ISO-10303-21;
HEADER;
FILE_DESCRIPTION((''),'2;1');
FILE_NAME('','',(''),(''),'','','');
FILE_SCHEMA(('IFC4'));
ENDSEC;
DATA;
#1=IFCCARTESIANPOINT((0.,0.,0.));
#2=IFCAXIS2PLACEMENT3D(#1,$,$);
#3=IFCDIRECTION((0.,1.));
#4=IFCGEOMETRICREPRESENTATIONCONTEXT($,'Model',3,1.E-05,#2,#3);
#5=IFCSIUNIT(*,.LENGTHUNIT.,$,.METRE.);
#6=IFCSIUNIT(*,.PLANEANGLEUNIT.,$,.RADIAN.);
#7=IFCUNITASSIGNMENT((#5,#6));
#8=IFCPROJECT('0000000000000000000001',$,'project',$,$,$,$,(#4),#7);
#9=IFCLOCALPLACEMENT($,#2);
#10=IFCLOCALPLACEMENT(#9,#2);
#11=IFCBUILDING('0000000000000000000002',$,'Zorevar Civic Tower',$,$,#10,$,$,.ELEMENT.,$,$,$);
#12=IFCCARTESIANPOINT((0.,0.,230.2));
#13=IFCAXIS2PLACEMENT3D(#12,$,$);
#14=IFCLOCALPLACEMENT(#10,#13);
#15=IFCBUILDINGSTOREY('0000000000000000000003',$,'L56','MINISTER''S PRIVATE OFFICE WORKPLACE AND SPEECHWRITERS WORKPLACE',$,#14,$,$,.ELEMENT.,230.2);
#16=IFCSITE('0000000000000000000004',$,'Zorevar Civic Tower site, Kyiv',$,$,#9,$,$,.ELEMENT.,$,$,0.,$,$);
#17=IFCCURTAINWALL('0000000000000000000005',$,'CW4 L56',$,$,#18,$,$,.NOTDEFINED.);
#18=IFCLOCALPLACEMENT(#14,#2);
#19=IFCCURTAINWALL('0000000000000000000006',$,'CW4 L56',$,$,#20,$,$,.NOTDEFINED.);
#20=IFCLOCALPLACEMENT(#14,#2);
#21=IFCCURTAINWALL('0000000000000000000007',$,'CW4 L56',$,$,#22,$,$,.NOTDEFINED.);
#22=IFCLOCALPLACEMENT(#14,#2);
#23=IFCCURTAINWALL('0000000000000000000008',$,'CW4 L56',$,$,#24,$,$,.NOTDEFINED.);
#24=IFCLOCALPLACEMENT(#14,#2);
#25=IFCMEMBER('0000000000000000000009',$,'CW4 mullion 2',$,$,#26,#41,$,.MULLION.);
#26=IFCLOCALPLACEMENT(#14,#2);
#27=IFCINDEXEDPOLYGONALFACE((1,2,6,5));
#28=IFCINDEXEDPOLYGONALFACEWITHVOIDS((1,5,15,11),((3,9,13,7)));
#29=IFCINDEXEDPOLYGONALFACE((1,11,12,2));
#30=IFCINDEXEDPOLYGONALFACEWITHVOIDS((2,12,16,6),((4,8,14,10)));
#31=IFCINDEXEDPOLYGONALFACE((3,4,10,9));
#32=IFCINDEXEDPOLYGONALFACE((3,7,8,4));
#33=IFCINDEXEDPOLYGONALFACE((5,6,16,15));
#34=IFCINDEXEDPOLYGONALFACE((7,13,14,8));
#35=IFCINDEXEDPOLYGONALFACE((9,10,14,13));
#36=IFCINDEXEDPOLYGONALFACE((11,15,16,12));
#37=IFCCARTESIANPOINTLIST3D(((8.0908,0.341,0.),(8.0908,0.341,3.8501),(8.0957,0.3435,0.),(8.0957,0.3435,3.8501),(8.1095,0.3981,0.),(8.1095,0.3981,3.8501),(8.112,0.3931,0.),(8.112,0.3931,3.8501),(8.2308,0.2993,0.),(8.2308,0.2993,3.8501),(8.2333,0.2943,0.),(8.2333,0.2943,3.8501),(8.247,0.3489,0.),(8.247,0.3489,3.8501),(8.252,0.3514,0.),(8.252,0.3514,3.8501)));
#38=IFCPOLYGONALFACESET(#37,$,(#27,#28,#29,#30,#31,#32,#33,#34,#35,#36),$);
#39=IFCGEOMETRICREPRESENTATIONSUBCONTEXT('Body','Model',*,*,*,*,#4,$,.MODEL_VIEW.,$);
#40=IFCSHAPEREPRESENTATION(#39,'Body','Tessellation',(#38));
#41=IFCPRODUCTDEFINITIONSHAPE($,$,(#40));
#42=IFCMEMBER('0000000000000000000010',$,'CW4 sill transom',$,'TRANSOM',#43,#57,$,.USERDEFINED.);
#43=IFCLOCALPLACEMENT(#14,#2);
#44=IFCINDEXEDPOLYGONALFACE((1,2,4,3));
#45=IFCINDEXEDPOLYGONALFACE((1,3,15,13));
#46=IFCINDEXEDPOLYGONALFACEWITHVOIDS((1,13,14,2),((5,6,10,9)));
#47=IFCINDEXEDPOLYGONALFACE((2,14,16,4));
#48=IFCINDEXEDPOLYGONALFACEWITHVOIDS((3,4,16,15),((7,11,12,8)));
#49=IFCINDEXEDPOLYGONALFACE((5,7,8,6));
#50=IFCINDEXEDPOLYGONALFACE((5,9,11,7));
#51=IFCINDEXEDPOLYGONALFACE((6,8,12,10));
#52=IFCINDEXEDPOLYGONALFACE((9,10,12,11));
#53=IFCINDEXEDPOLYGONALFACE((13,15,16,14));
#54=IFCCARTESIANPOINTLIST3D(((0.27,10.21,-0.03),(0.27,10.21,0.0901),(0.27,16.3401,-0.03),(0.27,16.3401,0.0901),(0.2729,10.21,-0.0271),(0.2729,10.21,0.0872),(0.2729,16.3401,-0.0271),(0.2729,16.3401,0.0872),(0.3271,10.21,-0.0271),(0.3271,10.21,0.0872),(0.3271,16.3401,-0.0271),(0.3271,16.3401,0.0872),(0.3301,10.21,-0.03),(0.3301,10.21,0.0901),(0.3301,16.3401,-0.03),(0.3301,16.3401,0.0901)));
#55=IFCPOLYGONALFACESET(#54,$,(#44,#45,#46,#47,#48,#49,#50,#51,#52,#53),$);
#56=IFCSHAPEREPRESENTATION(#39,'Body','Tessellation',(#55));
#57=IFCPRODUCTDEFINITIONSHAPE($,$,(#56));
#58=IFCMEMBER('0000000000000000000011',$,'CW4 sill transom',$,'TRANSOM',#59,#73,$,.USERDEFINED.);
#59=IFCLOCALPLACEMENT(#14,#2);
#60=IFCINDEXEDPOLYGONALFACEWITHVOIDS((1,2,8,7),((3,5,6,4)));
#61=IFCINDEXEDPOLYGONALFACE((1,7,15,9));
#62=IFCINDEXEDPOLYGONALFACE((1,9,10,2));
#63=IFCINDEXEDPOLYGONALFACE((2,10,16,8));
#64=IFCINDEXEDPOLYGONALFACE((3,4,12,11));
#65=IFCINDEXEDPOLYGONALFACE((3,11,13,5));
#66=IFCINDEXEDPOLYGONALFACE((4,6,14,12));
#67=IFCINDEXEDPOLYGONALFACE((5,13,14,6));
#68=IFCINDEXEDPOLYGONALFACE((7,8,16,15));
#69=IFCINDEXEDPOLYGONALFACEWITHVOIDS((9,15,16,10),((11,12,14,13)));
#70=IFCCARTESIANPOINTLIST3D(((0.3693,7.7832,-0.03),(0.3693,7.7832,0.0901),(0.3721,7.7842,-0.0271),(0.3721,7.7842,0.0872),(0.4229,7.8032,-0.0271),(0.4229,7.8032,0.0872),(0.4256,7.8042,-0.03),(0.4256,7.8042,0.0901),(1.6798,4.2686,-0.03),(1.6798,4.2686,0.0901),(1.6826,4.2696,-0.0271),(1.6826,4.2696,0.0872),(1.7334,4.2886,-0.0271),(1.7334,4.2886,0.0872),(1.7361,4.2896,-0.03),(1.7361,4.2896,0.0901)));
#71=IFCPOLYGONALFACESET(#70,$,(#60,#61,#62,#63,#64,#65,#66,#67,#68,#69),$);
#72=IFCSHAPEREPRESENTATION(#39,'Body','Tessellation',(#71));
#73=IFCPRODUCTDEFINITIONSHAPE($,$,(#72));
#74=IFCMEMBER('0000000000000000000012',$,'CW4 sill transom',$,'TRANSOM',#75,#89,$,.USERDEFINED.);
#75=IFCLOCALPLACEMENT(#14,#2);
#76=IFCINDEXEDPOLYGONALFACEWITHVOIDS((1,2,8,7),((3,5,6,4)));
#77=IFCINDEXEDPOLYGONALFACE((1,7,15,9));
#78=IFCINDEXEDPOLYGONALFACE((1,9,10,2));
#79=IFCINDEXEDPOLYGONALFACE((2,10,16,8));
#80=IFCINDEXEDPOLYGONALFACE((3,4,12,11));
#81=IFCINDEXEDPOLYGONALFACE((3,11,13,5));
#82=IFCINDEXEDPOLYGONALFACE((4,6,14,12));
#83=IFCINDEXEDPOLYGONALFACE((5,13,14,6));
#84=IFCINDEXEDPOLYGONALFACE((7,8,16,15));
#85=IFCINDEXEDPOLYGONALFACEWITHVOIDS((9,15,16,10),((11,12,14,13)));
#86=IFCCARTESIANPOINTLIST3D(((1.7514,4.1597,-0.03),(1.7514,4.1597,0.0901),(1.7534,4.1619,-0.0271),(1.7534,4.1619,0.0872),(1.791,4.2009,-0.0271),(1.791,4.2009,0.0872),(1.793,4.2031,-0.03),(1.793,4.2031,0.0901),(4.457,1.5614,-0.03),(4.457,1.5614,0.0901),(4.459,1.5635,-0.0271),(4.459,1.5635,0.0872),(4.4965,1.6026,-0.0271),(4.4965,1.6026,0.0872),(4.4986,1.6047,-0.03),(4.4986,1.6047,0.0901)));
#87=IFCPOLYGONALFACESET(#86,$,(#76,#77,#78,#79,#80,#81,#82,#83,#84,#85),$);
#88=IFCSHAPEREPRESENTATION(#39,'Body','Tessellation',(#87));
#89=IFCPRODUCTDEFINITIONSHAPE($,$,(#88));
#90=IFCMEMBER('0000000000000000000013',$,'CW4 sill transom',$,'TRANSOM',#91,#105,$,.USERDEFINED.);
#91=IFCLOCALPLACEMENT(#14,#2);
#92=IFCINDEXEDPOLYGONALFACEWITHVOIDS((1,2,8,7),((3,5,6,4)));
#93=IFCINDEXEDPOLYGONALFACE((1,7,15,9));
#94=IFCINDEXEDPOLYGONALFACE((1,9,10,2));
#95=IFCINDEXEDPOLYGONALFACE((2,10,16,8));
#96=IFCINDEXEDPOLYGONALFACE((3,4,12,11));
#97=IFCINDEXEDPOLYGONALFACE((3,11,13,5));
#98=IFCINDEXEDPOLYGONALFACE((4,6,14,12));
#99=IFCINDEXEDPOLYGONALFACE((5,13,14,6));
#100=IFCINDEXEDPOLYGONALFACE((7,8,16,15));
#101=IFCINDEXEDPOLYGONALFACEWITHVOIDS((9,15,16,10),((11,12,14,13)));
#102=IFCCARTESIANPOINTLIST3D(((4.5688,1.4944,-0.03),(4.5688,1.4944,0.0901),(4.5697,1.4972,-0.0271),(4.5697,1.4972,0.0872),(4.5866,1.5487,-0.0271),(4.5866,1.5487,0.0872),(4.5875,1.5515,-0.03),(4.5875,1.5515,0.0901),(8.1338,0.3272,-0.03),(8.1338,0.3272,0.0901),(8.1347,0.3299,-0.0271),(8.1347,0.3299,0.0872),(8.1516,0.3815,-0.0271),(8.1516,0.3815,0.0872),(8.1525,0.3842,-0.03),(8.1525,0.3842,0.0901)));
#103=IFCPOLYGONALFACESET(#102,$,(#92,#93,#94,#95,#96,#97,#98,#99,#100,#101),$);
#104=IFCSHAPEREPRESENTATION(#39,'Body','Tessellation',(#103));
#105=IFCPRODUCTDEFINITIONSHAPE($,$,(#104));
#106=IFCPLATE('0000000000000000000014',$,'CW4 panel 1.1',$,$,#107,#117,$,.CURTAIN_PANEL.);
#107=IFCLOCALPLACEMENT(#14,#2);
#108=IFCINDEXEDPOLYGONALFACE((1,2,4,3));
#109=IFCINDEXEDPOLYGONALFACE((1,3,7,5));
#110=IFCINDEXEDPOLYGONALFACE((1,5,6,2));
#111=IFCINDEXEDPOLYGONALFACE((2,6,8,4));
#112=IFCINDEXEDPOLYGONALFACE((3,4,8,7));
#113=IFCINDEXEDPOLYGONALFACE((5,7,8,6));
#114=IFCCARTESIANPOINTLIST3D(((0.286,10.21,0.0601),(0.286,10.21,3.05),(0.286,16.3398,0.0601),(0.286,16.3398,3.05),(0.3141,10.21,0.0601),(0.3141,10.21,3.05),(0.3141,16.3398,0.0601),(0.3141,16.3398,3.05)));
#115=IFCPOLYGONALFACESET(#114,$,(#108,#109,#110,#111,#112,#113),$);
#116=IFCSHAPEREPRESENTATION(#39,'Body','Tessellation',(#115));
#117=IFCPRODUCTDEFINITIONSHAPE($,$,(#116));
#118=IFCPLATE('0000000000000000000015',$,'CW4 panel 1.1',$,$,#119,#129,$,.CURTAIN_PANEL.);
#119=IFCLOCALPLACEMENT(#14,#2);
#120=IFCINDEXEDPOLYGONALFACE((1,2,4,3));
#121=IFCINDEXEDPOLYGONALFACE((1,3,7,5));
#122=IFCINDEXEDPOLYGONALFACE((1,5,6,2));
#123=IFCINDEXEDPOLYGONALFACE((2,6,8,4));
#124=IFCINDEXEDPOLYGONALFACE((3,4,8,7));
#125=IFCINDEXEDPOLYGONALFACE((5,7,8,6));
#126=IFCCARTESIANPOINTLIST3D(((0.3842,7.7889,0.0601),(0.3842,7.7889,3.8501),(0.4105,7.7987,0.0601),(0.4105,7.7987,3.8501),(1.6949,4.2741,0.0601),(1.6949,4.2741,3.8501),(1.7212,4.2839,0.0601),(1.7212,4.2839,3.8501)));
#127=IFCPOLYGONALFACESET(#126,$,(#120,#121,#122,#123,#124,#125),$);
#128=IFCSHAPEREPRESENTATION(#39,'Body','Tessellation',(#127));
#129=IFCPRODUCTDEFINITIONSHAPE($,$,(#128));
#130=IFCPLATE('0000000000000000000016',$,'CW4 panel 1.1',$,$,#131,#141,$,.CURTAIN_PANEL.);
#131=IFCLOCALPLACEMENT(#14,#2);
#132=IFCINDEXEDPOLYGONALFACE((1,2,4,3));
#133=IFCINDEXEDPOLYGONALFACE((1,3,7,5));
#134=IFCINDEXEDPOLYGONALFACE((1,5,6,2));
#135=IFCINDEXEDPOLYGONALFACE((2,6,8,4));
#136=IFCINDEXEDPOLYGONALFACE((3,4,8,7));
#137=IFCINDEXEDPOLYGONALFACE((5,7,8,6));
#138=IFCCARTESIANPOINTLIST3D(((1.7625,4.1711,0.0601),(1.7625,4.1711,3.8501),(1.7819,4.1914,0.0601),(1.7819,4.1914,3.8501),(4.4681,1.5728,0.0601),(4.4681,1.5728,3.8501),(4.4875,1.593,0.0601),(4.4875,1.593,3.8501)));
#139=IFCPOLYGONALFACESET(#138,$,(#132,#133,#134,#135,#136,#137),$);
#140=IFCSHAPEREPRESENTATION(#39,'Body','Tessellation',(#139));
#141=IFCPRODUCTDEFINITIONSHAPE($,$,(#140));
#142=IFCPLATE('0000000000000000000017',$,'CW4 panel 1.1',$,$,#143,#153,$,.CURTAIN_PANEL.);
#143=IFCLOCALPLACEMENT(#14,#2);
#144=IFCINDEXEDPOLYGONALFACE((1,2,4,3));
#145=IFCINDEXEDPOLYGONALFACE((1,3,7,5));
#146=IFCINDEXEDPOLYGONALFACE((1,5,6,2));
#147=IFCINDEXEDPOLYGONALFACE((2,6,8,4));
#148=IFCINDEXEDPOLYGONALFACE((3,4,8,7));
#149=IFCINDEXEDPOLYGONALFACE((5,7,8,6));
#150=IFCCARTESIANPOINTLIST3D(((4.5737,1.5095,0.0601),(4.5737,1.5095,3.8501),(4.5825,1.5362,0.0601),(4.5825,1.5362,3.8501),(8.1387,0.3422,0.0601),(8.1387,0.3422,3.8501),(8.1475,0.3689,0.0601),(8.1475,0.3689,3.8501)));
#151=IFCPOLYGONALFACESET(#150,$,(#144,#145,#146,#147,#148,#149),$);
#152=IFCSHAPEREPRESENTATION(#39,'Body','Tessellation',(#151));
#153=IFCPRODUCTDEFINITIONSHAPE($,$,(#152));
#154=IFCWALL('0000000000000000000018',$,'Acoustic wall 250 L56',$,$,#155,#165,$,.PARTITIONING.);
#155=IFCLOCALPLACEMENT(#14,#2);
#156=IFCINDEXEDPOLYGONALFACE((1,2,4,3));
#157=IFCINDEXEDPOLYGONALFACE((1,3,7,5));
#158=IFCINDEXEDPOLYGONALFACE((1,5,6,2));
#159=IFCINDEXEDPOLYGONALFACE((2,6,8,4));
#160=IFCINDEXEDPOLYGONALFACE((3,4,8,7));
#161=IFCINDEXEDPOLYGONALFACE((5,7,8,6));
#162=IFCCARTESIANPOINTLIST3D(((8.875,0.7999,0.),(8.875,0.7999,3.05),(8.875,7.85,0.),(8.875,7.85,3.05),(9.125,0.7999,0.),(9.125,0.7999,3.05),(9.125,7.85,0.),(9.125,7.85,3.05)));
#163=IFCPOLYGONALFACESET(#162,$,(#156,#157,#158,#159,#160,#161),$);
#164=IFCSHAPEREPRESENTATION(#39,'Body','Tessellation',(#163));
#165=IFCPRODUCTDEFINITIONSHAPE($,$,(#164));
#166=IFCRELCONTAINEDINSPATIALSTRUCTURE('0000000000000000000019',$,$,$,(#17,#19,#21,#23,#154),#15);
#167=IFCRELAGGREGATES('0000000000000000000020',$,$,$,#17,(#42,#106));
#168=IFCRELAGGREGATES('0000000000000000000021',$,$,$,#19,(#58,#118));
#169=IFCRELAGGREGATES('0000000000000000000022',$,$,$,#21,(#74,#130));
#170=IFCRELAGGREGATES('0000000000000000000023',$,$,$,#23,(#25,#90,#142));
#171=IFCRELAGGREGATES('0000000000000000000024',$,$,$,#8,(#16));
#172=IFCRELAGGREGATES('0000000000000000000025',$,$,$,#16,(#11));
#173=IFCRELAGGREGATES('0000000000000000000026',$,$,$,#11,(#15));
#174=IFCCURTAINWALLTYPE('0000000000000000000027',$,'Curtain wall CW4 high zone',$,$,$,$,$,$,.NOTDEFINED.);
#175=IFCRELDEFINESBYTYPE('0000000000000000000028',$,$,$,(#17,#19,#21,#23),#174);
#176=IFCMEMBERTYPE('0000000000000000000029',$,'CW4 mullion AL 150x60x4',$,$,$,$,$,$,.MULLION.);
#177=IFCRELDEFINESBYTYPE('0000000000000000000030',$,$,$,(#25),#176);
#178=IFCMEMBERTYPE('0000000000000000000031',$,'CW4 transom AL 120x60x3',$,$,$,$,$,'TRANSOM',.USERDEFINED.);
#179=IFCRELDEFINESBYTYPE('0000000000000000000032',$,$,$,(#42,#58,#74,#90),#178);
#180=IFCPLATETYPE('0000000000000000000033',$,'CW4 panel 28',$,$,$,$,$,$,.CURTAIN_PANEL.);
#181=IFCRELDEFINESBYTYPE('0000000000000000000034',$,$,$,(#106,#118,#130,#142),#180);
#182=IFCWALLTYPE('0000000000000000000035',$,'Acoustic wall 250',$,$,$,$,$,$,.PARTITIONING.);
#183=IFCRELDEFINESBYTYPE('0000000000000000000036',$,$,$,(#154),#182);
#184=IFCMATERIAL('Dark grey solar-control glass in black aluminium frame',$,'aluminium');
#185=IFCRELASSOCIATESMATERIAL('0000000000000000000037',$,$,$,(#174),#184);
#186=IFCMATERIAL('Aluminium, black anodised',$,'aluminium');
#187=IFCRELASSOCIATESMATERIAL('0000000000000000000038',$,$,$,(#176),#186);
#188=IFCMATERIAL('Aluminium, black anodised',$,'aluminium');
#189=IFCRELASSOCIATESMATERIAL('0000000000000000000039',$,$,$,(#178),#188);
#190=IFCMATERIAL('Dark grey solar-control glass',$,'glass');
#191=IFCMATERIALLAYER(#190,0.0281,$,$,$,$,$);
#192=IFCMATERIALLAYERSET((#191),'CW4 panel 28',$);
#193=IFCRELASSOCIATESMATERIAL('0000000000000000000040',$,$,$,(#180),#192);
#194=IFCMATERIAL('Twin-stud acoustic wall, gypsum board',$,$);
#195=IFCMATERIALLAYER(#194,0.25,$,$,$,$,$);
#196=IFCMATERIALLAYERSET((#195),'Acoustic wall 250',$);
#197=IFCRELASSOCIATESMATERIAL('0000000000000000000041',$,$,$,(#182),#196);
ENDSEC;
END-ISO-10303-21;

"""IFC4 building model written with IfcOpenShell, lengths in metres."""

from ifc_helpers import new_model, si_unit, direction, frame, frame_2d, origin, origin_2d, place, context, subcontext, project, spatial, rectangle, hollow_rectangle, extrude, material, layer, layer_set, material_profile, profile_set, type_object, element, aggregate, save


model = new_model("IFC4")

# Units and contexts
model_context = context("Model", 3, precision=1e-05, world=origin(), true_north=direction((0.0, 1.0)))
body_context = subcontext(model_context, "Body", "Model", "MODEL_VIEW")
ifc_project = project(units=[si_unit("LENGTHUNIT", "METRE"), si_unit("PLANEANGLEUNIT", "RADIAN")], contexts=[model_context])

# Site, building, storey
site_placement = place(None, origin())
site = spatial("IfcSite", under=ifc_project, at=site_placement, Name="Zorevar Civic Tower site, Kyiv", CompositionType="ELEMENT", RefElevation=0.0)
building_placement = place(site_placement, origin())
building = spatial("IfcBuilding", under=site, at=building_placement, Name="Zorevar Civic Tower", CompositionType="ELEMENT")
storey_placement = place(building_placement, frame((0.0, 0.0, 230.2)))
storey = spatial("IfcBuildingStorey", under=building, at=storey_placement, Name="L56", Description="MINISTER'S PRIVATE OFFICE WORKPLACE AND SPEECHWRITERS WORKPLACE", CompositionType="ELEMENT", Elevation=230.2)

# Curtain wall
ifc_material_1 = material(Name="Dark grey solar-control glass in black aluminium frame", Category="aluminium")
curtain_wall_type = type_object("IfcCurtainWallType", Name="Curtain wall CW4 high zone", PredefinedType="NOTDEFINED", material=ifc_material_1)
curtain_wall_1_placement = place(storey_placement, origin())
curtain_wall_1 = element("IfcCurtainWall", 1, at=curtain_wall_1_placement, inside=storey, type_object=curtain_wall_type, Name="CW4 L56", PredefinedType="NOTDEFINED")
ifc_material_2 = material(Name="Aluminium, black anodised", Category="aluminium")
ifc_material_profile_1 = material_profile(ifc_material_2, hollow_rectangle(XDim=0.0601, YDim=0.1499, WallThickness=0.0039, at=origin_2d()), Name="AL 150x60x4")
ifc_profile_set_1 = profile_set([ifc_material_profile_1], Name="Aluminium, black anodised")
member_type_1 = type_object("IfcMemberType", Name="CW4 mullion AL 150x60x4", PredefinedType="MULLION", material=ifc_profile_set_1)

# Curtain walls, member
curtain_wall_2_placement = place(storey_placement, origin())
curtain_wall_2 = element("IfcCurtainWall", 2, at=curtain_wall_2_placement, inside=storey, type_object=curtain_wall_type, Name="CW4 L56", PredefinedType="NOTDEFINED")
curtain_wall_3_placement = place(storey_placement, origin())
curtain_wall_3 = element("IfcCurtainWall", 3, at=curtain_wall_3_placement, inside=storey, type_object=curtain_wall_type, Name="CW4 L56", PredefinedType="NOTDEFINED")
curtain_wall_4_placement = place(storey_placement, origin())
curtain_wall_4 = element("IfcCurtainWall", 4, at=curtain_wall_4_placement, inside=storey, type_object=curtain_wall_type, Name="CW4 L56", PredefinedType="NOTDEFINED")
member_1_placement = place(storey_placement, frame((8.1714, 0.3462, 0.0), z_axis=(0.0, 0.0, 1.0), x_axis=(0.311169, 0.950354, 0.0)))
member_1 = element("IfcMember", 5, at=member_1_placement, type_object=member_type_1, Name="CW4 mullion 2", PredefinedType="MULLION", context=body_context, shape_type="SweptSolid", body=[
    extrude(hollow_rectangle(XDim=0.0601, YDim=0.1499, WallThickness=0.0039, at=origin_2d()), origin(), (0.0, 0.0, 1.0), 3.8501),
])

# Members
ifc_material_3 = material(Name="Aluminium, black anodised", Category="aluminium")
ifc_material_profile_2 = material_profile(ifc_material_3, hollow_rectangle(XDim=0.0601, YDim=0.1201, WallThickness=0.0029, at=origin_2d()), Name="AL 120x60x3")
ifc_profile_set_2 = profile_set([ifc_material_profile_2], Name="Aluminium, black anodised")
member_type_2 = type_object("IfcMemberType", Name="CW4 transom AL 120x60x3", ElementType="TRANSOM", PredefinedType="USERDEFINED", material=ifc_profile_set_2)
member_2_placement = place(storey_placement, frame((0.3, 10.21, 0.03), z_axis=(0.0, 1.0, 0.0), x_axis=(-1.0, 0.0, 0.0)))
member_2 = element("IfcMember", 6, at=member_2_placement, type_object=member_type_2, Name="CW4 sill transom", ObjectType="TRANSOM", PredefinedType="USERDEFINED", context=body_context, shape_type="SweptSolid", body=[
    extrude(hollow_rectangle(XDim=0.0601, YDim=0.1201, WallThickness=0.0029, at=origin_2d()), origin(), (0.0, 0.0, 1.0), 6.1301),
])
member_3_placement = place(storey_placement, frame((0.3975, 7.7937, 0.03), z_axis=(0.349382, -0.93698, 0.0), x_axis=(0.93698, 0.349382, 0.0)))
member_3 = element("IfcMember", 7, at=member_3_placement, type_object=member_type_2, Name="CW4 sill transom", ObjectType="TRANSOM", PredefinedType="USERDEFINED", context=body_context, shape_type="SweptSolid", body=[
    extrude(hollow_rectangle(XDim=0.0601, YDim=0.1201, WallThickness=0.0029, at=origin_2d()), origin(), (0.0, 0.0, 1.0), 3.751),
])
member_4_placement = place(storey_placement, frame((1.7722, 4.1814, 0.03), z_axis=(0.721248, -0.692677, 0.0), x_axis=(0.692677, 0.721248, 0.0)))
member_4 = element("IfcMember", 8, at=member_4_placement, type_object=member_type_2, Name="CW4 sill transom", ObjectType="TRANSOM", PredefinedType="USERDEFINED", context=body_context, shape_type="SweptSolid", body=[
    extrude(hollow_rectangle(XDim=0.0601, YDim=0.1201, WallThickness=0.0029, at=origin_2d()), origin(), (0.0, 0.0, 1.0), 3.7512),
])
member_5_placement = place(storey_placement, frame((4.5781, 1.5229, 0.03), z_axis=(0.950355, -0.311166, 0.0), x_axis=(0.311166, 0.950355, 0.0)))
member_5 = element("IfcMember", 9, at=member_5_placement, type_object=member_type_2, Name="CW4 sill transom", ObjectType="TRANSOM", PredefinedType="USERDEFINED", context=body_context, shape_type="SweptSolid", body=[
    extrude(hollow_rectangle(XDim=0.0601, YDim=0.1201, WallThickness=0.0029, at=origin_2d()), origin(), (0.0, 0.0, 1.0), 3.7512),
])

# Plates
ifc_material_4 = material(Name="Dark grey solar-control glass", Category="glass")
ifc_layer_1 = layer(ifc_material_4, 0.0281)
ifc_layer_set_1 = layer_set([ifc_layer_1], Name="CW4 panel 28")
plate_type = type_object("IfcPlateType", Name="CW4 panel 28", PredefinedType="CURTAIN_PANEL", material=ifc_layer_set_1)
plate_1_placement = place(storey_placement, frame((0.3, 13.2749, 0.0601), z_axis=(0.0, 0.0, 1.0), x_axis=(0.0, 1.0, 0.0)))
plate_1 = element("IfcPlate", 10, at=plate_1_placement, type_object=plate_type, Name="CW4 panel 1.1", PredefinedType="CURTAIN_PANEL", context=body_context, shape_type="SweptSolid", body=[
    extrude(rectangle(XDim=6.1299, YDim=0.0281, at=origin_2d()), origin(), (0.0, 0.0, 1.0), 2.99),
])
aggregate(curtain_wall_1, [member_2, plate_1])
plate_2_placement = place(storey_placement, frame((1.0527, 6.0364, 0.0601), z_axis=(0.0, 0.0, 1.0), x_axis=(0.349405, -0.936972, 0.0)))
plate_2 = element("IfcPlate", 11, at=plate_2_placement, type_object=plate_type, Name="CW4 panel 1.1", PredefinedType="CURTAIN_PANEL", context=body_context, shape_type="SweptSolid", body=[
    extrude(rectangle(XDim=3.7512, YDim=0.0281, at=origin_2d()), origin(), (0.0, 0.0, 1.0), 3.79),
])
aggregate(curtain_wall_2, [member_3, plate_2])
plate_3_placement = place(storey_placement, frame((3.125, 2.8821, 0.0601), z_axis=(0.0, 0.0, 1.0), x_axis=(0.721263, -0.692661, 0.0)))
plate_3 = element("IfcPlate", 12, at=plate_3_placement, type_object=plate_type, Name="CW4 panel 1.1", PredefinedType="CURTAIN_PANEL", context=body_context, shape_type="SweptSolid", body=[
    extrude(rectangle(XDim=3.7512, YDim=0.0281, at=origin_2d()), origin(), (0.0, 0.0, 1.0), 3.79),
])
aggregate(curtain_wall_3, [member_4, plate_3])
plate_4_placement = place(storey_placement, frame((6.3606, 0.9392, 0.0601), z_axis=(0.0, 0.0, 1.0), x_axis=(0.950354, -0.311169, 0.0)))
plate_4 = element("IfcPlate", 13, at=plate_4_placement, type_object=plate_type, Name="CW4 panel 1.1", PredefinedType="CURTAIN_PANEL", context=body_context, shape_type="SweptSolid", body=[
    extrude(rectangle(XDim=3.7512, YDim=0.0281, at=origin_2d()), origin(), (0.0, 0.0, 1.0), 3.79),
])
aggregate(curtain_wall_4, [member_1, member_5, plate_4])

# Shared definitions
ifc_material_5 = material(Name="Twin-stud acoustic wall, gypsum board")
ifc_layer_2 = layer(ifc_material_5, 0.25)
ifc_layer_set_2 = layer_set([ifc_layer_2], Name="Acoustic wall 250")
wall_type_1 = type_object("IfcWallType", Name="Acoustic wall 250", PredefinedType="PARTITIONING", material=ifc_layer_set_2)

# Wall
wall_1_placement = place(storey_placement, frame((9.0, 0.8, 0.0), z_axis=(0.0, 0.0, 1.0), x_axis=(0.0, 1.0, 0.0)))
element("IfcWall", 14, at=wall_1_placement, inside=storey, type_object=wall_type_1, Name="Acoustic wall 250 L56", PredefinedType="PARTITIONING", context=body_context, shape_type="SweptSolid", body=[
    extrude(rectangle(XDim=7.05, YDim=0.25, at=frame_2d((3.5249, 0.0))), origin(), (0.0, 0.0, 1.0), 3.05),
])

save(model, "model.ifc")
